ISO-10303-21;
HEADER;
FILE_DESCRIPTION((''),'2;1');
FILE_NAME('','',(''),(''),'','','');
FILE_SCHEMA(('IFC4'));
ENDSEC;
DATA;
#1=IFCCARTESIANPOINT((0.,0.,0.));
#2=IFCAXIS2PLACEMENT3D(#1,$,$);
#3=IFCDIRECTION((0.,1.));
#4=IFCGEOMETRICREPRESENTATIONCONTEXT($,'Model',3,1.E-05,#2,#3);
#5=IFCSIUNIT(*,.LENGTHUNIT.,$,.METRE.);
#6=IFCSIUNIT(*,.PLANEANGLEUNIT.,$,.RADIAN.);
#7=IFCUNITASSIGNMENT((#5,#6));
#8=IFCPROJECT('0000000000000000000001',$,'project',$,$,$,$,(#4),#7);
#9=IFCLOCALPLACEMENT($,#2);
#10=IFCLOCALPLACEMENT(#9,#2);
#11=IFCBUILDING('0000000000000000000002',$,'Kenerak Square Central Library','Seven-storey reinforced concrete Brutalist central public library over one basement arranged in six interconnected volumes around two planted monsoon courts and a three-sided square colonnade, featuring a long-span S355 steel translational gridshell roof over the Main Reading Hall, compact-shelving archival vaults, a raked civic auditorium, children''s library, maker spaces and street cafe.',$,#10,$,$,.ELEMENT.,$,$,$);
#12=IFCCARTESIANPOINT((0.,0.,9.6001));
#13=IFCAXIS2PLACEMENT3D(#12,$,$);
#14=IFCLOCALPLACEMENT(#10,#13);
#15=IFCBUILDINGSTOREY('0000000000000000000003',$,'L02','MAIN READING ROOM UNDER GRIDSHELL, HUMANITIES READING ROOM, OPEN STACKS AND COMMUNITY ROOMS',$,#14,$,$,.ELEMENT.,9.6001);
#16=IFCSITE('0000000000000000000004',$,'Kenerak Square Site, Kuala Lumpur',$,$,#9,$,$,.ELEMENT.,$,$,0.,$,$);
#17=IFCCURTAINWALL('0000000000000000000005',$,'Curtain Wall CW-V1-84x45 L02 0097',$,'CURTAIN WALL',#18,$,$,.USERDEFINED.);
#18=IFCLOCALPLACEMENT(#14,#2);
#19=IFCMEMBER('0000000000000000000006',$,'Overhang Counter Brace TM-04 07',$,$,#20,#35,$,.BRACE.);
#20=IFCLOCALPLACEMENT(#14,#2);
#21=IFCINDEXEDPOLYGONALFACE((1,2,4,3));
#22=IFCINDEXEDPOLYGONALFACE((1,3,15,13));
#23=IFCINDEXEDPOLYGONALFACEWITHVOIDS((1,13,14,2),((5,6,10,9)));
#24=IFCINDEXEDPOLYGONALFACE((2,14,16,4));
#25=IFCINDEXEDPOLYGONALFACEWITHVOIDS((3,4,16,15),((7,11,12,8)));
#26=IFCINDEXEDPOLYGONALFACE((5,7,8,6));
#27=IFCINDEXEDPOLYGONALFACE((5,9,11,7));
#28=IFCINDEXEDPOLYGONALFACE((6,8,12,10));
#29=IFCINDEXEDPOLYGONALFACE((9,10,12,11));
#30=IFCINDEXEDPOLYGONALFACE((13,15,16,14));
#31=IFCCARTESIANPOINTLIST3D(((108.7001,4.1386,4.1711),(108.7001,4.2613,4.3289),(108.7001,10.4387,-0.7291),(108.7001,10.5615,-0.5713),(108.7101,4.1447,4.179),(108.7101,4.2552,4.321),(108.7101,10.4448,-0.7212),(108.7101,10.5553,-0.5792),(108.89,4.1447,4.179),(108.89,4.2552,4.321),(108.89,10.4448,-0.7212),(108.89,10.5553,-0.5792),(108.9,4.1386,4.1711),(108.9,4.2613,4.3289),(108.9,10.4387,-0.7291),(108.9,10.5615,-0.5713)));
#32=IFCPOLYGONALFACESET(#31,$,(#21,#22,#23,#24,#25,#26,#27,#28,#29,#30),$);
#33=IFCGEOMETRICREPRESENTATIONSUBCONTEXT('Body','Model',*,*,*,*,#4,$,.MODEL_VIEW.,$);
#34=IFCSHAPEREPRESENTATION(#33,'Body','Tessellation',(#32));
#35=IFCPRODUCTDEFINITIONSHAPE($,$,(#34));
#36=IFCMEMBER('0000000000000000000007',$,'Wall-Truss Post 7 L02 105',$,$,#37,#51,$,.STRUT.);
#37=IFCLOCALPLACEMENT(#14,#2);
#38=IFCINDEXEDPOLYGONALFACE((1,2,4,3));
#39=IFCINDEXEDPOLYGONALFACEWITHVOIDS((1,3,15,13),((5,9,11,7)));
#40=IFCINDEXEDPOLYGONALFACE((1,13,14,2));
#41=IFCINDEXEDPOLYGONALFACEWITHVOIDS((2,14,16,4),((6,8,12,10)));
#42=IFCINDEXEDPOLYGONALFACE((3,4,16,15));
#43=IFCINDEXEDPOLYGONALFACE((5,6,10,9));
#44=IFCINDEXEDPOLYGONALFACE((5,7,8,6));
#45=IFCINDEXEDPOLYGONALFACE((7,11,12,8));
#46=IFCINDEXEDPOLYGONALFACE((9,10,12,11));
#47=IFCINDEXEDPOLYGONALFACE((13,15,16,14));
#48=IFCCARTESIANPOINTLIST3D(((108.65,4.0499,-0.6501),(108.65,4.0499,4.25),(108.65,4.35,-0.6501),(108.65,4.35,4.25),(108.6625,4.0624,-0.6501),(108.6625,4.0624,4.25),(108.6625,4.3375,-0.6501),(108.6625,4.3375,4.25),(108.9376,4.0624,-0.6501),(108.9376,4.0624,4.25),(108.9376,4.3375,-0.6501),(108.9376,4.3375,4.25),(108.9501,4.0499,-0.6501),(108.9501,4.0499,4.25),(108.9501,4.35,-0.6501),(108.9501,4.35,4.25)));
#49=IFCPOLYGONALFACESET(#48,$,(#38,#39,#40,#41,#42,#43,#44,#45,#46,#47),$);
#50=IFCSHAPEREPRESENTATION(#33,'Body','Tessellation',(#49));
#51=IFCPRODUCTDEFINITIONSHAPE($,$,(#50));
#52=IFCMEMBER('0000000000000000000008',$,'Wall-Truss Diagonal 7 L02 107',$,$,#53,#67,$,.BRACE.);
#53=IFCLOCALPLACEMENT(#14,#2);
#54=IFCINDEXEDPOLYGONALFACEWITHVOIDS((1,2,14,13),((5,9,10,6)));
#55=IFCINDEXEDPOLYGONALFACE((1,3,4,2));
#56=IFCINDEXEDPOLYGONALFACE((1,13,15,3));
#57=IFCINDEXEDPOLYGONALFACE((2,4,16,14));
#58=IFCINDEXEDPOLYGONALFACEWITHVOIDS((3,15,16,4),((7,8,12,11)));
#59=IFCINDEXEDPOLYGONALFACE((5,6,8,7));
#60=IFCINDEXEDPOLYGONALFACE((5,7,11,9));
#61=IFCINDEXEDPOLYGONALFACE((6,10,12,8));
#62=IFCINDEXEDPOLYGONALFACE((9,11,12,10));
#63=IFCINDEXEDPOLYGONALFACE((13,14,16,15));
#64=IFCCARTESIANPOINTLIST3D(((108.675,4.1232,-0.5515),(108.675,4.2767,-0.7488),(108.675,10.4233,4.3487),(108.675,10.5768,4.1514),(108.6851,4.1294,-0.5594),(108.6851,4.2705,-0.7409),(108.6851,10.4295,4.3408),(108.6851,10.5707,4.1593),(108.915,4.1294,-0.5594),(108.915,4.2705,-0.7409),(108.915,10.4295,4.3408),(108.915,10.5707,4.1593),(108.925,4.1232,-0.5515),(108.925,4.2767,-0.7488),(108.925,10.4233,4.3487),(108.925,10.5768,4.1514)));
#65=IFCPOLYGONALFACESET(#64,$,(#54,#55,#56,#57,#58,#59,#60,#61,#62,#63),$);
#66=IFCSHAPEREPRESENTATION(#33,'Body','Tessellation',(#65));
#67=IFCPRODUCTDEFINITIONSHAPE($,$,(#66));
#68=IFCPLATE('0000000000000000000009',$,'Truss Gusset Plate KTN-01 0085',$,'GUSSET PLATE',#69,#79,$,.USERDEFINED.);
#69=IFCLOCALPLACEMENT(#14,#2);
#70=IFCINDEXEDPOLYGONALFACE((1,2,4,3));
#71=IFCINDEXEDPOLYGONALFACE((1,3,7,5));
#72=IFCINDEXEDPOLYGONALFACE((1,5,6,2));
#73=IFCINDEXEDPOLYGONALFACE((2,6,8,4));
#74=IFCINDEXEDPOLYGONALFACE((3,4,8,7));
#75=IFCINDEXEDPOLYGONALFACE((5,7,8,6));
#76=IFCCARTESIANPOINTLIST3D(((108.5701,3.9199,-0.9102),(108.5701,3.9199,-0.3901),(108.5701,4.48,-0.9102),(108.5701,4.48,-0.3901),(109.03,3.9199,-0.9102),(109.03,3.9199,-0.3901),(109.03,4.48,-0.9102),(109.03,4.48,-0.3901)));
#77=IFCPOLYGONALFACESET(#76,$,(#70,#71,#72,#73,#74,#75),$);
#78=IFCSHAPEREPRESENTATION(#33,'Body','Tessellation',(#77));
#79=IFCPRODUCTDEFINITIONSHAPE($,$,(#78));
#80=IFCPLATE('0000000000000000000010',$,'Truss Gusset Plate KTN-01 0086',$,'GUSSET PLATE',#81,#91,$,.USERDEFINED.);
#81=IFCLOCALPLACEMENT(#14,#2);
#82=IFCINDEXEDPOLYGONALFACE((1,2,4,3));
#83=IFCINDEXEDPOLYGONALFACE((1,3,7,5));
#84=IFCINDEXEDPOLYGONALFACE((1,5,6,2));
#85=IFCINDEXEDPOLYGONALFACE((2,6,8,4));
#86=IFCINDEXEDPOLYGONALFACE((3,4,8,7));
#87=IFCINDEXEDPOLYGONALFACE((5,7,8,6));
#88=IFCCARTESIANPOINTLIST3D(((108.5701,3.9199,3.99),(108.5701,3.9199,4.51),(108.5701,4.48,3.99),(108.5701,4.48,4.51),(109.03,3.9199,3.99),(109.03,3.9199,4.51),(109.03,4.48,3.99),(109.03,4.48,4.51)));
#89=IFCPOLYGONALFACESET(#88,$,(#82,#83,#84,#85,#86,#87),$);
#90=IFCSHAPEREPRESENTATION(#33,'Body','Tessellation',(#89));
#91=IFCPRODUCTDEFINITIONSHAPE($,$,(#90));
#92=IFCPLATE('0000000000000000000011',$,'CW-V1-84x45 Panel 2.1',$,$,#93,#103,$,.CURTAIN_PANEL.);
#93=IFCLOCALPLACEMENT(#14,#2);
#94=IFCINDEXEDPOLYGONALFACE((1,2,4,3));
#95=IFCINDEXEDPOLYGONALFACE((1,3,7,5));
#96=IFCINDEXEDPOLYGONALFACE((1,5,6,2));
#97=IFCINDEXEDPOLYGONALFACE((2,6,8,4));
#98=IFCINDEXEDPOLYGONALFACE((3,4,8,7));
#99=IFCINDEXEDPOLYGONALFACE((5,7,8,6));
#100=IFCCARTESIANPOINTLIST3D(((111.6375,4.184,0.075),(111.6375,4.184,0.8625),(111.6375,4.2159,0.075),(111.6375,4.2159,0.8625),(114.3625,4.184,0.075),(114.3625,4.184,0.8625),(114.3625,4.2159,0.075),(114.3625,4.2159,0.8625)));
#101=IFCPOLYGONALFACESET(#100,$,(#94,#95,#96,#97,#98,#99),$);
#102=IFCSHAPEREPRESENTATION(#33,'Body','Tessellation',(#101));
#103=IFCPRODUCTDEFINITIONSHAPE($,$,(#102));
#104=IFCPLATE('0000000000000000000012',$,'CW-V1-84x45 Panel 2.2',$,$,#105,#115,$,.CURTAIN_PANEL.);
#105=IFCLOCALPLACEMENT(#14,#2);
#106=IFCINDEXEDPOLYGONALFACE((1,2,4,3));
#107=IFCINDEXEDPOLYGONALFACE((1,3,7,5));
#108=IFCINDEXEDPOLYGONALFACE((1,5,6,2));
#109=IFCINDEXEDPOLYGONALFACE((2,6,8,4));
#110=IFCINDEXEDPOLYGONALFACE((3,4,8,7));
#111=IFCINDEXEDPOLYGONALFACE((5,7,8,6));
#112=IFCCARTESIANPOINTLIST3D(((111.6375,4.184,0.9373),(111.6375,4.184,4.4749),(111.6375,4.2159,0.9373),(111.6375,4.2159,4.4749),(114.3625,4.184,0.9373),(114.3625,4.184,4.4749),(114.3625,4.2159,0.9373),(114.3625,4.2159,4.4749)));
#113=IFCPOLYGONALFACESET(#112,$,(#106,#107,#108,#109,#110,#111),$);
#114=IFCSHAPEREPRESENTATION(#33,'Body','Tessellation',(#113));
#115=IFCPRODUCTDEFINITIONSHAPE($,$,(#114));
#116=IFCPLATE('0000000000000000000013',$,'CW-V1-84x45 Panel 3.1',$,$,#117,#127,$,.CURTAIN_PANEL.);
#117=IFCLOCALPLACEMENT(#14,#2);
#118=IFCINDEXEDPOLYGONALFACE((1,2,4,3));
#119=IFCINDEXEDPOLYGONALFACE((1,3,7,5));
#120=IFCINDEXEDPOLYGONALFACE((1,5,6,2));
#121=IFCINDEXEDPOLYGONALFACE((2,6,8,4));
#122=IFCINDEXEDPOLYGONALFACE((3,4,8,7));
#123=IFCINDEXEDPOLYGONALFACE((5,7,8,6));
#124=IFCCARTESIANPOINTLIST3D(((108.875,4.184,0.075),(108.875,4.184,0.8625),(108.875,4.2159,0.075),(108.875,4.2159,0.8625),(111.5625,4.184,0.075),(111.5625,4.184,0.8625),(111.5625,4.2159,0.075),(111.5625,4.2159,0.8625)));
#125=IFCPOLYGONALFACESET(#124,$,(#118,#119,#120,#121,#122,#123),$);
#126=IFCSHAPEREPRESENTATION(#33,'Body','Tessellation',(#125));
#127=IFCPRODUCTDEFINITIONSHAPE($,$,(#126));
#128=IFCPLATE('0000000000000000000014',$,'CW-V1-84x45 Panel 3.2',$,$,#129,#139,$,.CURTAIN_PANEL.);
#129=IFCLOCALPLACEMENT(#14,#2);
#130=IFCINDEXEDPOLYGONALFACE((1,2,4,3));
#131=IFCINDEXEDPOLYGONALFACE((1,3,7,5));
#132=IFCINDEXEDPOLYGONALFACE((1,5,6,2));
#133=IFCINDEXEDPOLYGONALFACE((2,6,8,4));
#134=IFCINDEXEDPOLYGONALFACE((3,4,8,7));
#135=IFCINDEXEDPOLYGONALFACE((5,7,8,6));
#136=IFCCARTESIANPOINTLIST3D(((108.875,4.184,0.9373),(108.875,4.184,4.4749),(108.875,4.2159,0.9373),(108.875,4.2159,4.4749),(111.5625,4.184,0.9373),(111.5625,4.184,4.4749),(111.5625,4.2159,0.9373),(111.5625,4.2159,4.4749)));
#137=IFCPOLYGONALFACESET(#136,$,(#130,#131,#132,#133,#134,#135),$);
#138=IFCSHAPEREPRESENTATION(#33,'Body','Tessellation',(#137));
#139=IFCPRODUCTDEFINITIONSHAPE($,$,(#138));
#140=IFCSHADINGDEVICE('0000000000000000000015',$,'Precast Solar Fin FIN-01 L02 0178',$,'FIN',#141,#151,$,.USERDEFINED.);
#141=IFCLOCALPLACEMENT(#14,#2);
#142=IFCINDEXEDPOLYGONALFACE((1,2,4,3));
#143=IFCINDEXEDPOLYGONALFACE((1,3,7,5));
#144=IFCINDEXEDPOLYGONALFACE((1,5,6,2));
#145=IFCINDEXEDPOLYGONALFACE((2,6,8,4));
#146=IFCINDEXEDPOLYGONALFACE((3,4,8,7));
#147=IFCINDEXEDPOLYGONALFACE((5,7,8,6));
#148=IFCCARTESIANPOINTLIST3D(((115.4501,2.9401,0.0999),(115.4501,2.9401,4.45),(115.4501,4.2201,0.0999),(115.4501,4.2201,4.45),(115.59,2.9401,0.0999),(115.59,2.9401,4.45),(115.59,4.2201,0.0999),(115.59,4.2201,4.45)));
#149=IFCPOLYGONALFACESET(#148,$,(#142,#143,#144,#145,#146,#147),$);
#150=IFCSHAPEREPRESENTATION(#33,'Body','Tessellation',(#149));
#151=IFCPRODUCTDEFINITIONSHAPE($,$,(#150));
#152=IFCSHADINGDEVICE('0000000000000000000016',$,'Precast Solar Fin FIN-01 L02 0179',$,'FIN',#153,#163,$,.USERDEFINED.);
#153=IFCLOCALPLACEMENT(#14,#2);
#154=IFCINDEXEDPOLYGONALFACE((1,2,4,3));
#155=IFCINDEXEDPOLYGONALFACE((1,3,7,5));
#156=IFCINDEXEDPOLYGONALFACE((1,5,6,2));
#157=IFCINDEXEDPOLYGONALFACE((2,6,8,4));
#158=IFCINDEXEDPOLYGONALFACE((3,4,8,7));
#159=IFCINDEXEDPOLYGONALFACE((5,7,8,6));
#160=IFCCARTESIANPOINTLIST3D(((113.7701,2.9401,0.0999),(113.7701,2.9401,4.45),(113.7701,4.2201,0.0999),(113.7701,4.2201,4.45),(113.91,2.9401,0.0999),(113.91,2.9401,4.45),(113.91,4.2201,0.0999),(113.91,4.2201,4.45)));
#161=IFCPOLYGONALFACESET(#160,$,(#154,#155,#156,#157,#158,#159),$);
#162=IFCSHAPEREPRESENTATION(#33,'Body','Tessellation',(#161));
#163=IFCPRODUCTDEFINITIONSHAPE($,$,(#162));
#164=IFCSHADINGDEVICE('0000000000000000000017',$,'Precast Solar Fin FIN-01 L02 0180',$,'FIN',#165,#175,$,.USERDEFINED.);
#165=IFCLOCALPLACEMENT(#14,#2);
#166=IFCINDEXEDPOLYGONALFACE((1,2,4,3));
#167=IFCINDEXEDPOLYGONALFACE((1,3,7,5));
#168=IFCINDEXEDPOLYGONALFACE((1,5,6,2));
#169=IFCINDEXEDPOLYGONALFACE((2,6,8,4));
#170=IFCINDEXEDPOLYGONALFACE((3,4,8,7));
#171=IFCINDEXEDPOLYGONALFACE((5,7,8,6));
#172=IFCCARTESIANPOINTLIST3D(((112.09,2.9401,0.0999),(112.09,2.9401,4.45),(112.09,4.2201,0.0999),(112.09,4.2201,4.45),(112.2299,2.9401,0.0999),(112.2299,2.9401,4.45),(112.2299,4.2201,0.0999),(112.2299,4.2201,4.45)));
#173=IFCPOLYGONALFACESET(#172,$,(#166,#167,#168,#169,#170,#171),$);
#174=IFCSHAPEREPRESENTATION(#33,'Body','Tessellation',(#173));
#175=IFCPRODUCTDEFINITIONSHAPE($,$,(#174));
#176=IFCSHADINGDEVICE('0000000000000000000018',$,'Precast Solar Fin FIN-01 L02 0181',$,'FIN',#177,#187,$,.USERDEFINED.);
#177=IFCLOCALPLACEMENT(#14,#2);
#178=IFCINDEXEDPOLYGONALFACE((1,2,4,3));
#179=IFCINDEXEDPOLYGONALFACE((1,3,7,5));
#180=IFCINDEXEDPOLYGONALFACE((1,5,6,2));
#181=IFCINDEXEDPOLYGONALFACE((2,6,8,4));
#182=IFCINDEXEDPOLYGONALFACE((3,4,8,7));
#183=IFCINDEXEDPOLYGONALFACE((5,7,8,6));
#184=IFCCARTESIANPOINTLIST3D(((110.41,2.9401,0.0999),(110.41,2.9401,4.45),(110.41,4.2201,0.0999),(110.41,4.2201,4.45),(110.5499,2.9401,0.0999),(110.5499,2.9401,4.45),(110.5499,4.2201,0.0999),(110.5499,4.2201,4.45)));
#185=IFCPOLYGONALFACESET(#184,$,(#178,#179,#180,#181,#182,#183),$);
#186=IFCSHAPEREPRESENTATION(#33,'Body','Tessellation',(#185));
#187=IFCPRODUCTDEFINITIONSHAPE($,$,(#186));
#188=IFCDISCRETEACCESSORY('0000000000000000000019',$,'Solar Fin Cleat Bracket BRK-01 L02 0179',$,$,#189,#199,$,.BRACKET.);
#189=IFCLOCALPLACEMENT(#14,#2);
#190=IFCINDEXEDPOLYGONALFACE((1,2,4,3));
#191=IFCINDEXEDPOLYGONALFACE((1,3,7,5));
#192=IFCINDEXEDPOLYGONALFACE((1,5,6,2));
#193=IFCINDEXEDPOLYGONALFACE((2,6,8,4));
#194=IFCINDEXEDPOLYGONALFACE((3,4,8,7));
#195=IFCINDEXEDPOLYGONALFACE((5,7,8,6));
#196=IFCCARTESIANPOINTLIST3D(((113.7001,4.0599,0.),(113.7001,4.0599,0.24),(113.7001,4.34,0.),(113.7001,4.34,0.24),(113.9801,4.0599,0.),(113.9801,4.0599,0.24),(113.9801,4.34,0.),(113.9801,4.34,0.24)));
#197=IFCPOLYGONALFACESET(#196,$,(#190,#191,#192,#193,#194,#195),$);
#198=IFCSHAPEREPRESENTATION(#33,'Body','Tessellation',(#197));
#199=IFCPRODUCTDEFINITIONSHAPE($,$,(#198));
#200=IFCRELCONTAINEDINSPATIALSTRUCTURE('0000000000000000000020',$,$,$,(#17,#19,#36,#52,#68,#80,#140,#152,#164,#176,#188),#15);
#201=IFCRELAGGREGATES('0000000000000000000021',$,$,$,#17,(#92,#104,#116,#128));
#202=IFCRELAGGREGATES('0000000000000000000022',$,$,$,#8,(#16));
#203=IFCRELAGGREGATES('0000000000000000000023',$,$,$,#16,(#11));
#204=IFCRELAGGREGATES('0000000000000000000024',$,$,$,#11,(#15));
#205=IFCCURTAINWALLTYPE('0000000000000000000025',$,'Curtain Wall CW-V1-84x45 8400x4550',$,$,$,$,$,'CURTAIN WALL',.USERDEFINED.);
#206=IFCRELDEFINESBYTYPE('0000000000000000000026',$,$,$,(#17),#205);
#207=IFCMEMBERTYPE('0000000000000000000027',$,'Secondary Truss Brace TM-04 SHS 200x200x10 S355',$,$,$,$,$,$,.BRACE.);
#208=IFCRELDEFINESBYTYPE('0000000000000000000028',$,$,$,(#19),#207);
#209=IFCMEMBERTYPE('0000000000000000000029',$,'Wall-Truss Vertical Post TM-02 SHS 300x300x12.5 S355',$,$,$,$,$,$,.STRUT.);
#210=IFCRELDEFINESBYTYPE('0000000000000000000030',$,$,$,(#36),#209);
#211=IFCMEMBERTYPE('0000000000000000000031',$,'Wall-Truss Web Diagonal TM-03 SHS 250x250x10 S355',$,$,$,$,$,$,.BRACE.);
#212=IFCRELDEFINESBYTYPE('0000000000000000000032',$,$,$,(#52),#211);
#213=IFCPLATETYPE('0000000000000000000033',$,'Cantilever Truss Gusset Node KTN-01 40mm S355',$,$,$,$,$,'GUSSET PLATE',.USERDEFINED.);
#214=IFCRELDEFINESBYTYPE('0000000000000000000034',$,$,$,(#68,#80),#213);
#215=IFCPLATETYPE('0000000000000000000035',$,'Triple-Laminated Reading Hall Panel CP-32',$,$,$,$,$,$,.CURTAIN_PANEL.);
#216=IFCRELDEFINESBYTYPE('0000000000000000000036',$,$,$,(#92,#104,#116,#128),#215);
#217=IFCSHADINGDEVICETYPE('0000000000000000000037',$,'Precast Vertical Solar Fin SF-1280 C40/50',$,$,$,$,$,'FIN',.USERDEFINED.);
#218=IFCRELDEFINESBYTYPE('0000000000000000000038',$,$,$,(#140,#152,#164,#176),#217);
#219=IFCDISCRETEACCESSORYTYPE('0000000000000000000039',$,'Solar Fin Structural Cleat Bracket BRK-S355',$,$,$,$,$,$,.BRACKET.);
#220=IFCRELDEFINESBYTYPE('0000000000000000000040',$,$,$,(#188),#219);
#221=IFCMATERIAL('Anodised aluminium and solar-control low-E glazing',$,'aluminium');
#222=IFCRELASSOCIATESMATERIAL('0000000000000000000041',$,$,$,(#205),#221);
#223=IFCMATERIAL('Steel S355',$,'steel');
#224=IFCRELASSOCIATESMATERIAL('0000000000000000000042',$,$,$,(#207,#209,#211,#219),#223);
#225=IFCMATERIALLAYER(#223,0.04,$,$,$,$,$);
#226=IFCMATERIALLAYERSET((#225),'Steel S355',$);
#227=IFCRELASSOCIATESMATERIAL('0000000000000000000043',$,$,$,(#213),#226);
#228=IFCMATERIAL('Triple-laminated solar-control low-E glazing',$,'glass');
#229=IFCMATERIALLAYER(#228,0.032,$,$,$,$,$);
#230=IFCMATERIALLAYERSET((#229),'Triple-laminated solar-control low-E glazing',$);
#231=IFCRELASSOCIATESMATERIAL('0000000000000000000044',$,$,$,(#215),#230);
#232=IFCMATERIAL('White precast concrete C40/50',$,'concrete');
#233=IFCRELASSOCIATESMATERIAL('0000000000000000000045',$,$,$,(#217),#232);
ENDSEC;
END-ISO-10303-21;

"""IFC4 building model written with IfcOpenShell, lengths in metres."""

from ifc_helpers import new_model, si_unit, direction, frame, origin, origin_2d, place, context, subcontext, project, spatial, rectangle, hollow_rectangle, extrude, material, layer, layer_set, material_profile, profile_set, type_object, element, aggregate, save


model = new_model("IFC4")

# Units and contexts
model_context = context("Model", 3, precision=1e-05, world=origin(), true_north=direction((0.0, 1.0)))
body_context = subcontext(model_context, "Body", "Model", "MODEL_VIEW")
ifc_project = project(units=[si_unit("LENGTHUNIT", "METRE"), si_unit("PLANEANGLEUNIT", "RADIAN")], contexts=[model_context])

# Site, building, storey
site_placement = place(None, origin())
site = spatial("IfcSite", under=ifc_project, at=site_placement, Name="Kenerak Square Site, Kuala Lumpur", CompositionType="ELEMENT", RefElevation=0.0)
building_placement = place(site_placement, origin())
building = spatial("IfcBuilding", under=site, at=building_placement, Name="Kenerak Square Central Library", Description="Seven-storey reinforced concrete Brutalist central public library over one basement arranged in six interconnected volumes around two planted monsoon courts and a three-sided square colonnade, featuring a long-span S355 steel translational gridshell roof over the Main Reading Hall, compact-shelving archival vaults, a raked civic auditorium, children's library, maker spaces and street cafe.", CompositionType="ELEMENT")
storey_placement = place(building_placement, frame((0.0, 0.0, 9.6001)))
storey = spatial("IfcBuildingStorey", under=building, at=storey_placement, Name="L02", Description="MAIN READING ROOM UNDER GRIDSHELL, HUMANITIES READING ROOM, OPEN STACKS AND COMMUNITY ROOMS", CompositionType="ELEMENT", Elevation=9.6001)

# Curtain wall
ifc_material_1 = material(Name="Anodised aluminium and solar-control low-E glazing", Category="aluminium")
curtain_wall_type = type_object("IfcCurtainWallType", Name="Curtain Wall CW-V1-84x45 8400x4550", ElementType="CURTAIN WALL", PredefinedType="USERDEFINED", material=ifc_material_1)
curtain_wall_1_placement = place(storey_placement, origin())
curtain_wall_1 = element("IfcCurtainWall", 1, at=curtain_wall_1_placement, inside=storey, type_object=curtain_wall_type, Name="Curtain Wall CW-V1-84x45 L02 0097", ObjectType="CURTAIN WALL", PredefinedType="USERDEFINED")

# Shared definitions
ifc_material_2 = material(Name="Steel S355", Category="steel")

# Members
ifc_material_profile_1 = material_profile(ifc_material_2, hollow_rectangle(XDim=0.2, YDim=0.2, WallThickness=0.01, at=origin_2d()), Name="SHS 200x200x10.0")
ifc_profile_set_1 = profile_set([ifc_material_profile_1], Name="Steel S355")
member_type_1 = type_object("IfcMemberType", Name="Secondary Truss Brace TM-04 SHS 200x200x10 S355", PredefinedType="BRACE", material=ifc_profile_set_1)
member_1_placement = place(storey_placement, frame((108.8, 4.2, 4.25), z_axis=(0.0, 0.789346, -0.613949), x_axis=(-1.0, 0.0, 0.0)))
element("IfcMember", 2, at=member_1_placement, inside=storey, type_object=member_type_1, Name="Overhang Counter Brace TM-04 07", PredefinedType="BRACE", context=body_context, shape_type="SweptSolid", body=[
    extrude(hollow_rectangle(XDim=0.2, YDim=0.2, WallThickness=0.01, at=origin_2d()), origin(), (0.0, 0.0, 1.0), 7.9814),
])
ifc_material_profile_2 = material_profile(ifc_material_2, hollow_rectangle(XDim=0.3, YDim=0.3, WallThickness=0.0125, at=origin_2d()), Name="SHS 300x300x12.5")
ifc_profile_set_2 = profile_set([ifc_material_profile_2], Name="Steel S355")
member_type_2 = type_object("IfcMemberType", Name="Wall-Truss Vertical Post TM-02 SHS 300x300x12.5 S355", PredefinedType="STRUT", material=ifc_profile_set_2)
member_2_placement = place(storey_placement, frame((108.8, 4.2, -0.6501), z_axis=(0.0, 0.0, 1.0), x_axis=(1.0, 0.0, 0.0)))
element("IfcMember", 3, at=member_2_placement, inside=storey, type_object=member_type_2, Name="Wall-Truss Post 7 L02 105", PredefinedType="STRUT", context=body_context, shape_type="SweptSolid", body=[
    extrude(hollow_rectangle(XDim=0.3, YDim=0.3, WallThickness=0.0125, at=origin_2d()), origin(), (0.0, 0.0, 1.0), 4.9001),
])
ifc_material_profile_3 = material_profile(ifc_material_2, hollow_rectangle(XDim=0.25, YDim=0.25, WallThickness=0.01, at=origin_2d()), Name="SHS 250x250x10.0")
ifc_profile_set_3 = profile_set([ifc_material_profile_3], Name="Steel S355")
member_type_3 = type_object("IfcMemberType", Name="Wall-Truss Web Diagonal TM-03 SHS 250x250x10 S355", PredefinedType="BRACE", material=ifc_profile_set_3)
member_3_placement = place(storey_placement, frame((108.8, 4.2, -0.6501), z_axis=(0.0, 0.789346, 0.613949), x_axis=(-1.0, 0.0, 0.0)))
element("IfcMember", 4, at=member_3_placement, inside=storey, type_object=member_type_3, Name="Wall-Truss Diagonal 7 L02 107", PredefinedType="BRACE", context=body_context, shape_type="SweptSolid", body=[
    extrude(hollow_rectangle(XDim=0.25, YDim=0.25, WallThickness=0.01, at=origin_2d()), origin(), (0.0, 0.0, 1.0), 7.9814),
])

# Plates
ifc_layer_1 = layer(ifc_material_2, 0.04)
ifc_layer_set_1 = layer_set([ifc_layer_1], Name="Steel S355")
plate_type_1 = type_object("IfcPlateType", Name="Cantilever Truss Gusset Node KTN-01 40mm S355", ElementType="GUSSET PLATE", PredefinedType="USERDEFINED", material=ifc_layer_set_1)
for number, where, z_axis, x_axis, name in (
    (5, (108.8, 4.2, -0.9102), (0.0, 0.0, 1.0), (1.0, 0.0, 0.0), "Truss Gusset Plate KTN-01 0085"),
    (6, (108.8, 4.2, 3.99), (0.0, 0.0, 1.0), (1.0, 0.0, 0.0), "Truss Gusset Plate KTN-01 0086"),
):
    element("IfcPlate", number, at=place(storey_placement, frame(where, z_axis=z_axis, x_axis=x_axis)), inside=storey, type_object=plate_type_1, Name=name, ObjectType="GUSSET PLATE", PredefinedType="USERDEFINED", context=body_context, shape_type="SweptSolid", body=[
        extrude(rectangle(XDim=0.46, YDim=0.5601, at=origin_2d()), origin(), (0.0, 0.0, 1.0), 0.52),
    ])

# Plates
ifc_material_3 = material(Name="Triple-laminated solar-control low-E glazing", Category="glass")
ifc_layer_2 = layer(ifc_material_3, 0.032)
ifc_layer_set_2 = layer_set([ifc_layer_2], Name="Triple-laminated solar-control low-E glazing")
plate_type_2 = type_object("IfcPlateType", Name="Triple-Laminated Reading Hall Panel CP-32", PredefinedType="CURTAIN_PANEL", material=ifc_layer_set_2)
plate_1_placement = place(storey_placement, frame((113.0, 4.2, 0.075), z_axis=(0.0, 0.0, 1.0), x_axis=(-1.0, 0.0, 0.0)))
plate_1 = element("IfcPlate", 7, at=plate_1_placement, type_object=plate_type_2, Name="CW-V1-84x45 Panel 2.1", PredefinedType="CURTAIN_PANEL", context=body_context, shape_type="SweptSolid", body=[
    extrude(rectangle(XDim=2.7251, YDim=0.032, at=origin_2d()), origin(), (0.0, 0.0, 1.0), 0.7876),
])
plate_2_placement = place(storey_placement, frame((113.0, 4.2, 0.9373), z_axis=(0.0, 0.0, 1.0), x_axis=(-1.0, 0.0, 0.0)))
plate_2 = element("IfcPlate", 8, at=plate_2_placement, type_object=plate_type_2, Name="CW-V1-84x45 Panel 2.2", PredefinedType="CURTAIN_PANEL", context=body_context, shape_type="SweptSolid", body=[
    extrude(rectangle(XDim=2.7251, YDim=0.032, at=origin_2d()), origin(), (0.0, 0.0, 1.0), 3.5376),
])
plate_3_placement = place(storey_placement, frame((110.2188, 4.2, 0.075), z_axis=(0.0, 0.0, 1.0), x_axis=(-1.0, 0.0, 0.0)))
plate_3 = element("IfcPlate", 9, at=plate_3_placement, type_object=plate_type_2, Name="CW-V1-84x45 Panel 3.1", PredefinedType="CURTAIN_PANEL", context=body_context, shape_type="SweptSolid", body=[
    extrude(rectangle(XDim=2.6875, YDim=0.032, at=origin_2d()), origin(), (0.0, 0.0, 1.0), 0.7876),
])
plate_4_placement = place(storey_placement, frame((110.2188, 4.2, 0.9373), z_axis=(0.0, 0.0, 1.0), x_axis=(-1.0, 0.0, 0.0)))
plate_4 = element("IfcPlate", 10, at=plate_4_placement, type_object=plate_type_2, Name="CW-V1-84x45 Panel 3.2", PredefinedType="CURTAIN_PANEL", context=body_context, shape_type="SweptSolid", body=[
    extrude(rectangle(XDim=2.6875, YDim=0.032, at=origin_2d()), origin(), (0.0, 0.0, 1.0), 3.5376),
])
aggregate(curtain_wall_1, [plate_1, plate_2, plate_3, plate_4])

# Shading devices
ifc_material_4 = material(Name="White precast concrete C40/50", Category="concrete")
shading_device_type = type_object("IfcShadingDeviceType", Name="Precast Vertical Solar Fin SF-1280 C40/50", ElementType="FIN", PredefinedType="USERDEFINED", material=ifc_material_4)
for number, where, z_axis, x_axis, name in (
    (11, (115.52, 3.5801, 0.0999), (0.0, 0.0, 1.0), (-1.0, 0.0, 0.0), "Precast Solar Fin FIN-01 L02 0178"),
    (12, (113.8401, 3.5801, 0.0999), (0.0, 0.0, 1.0), (-1.0, 0.0, 0.0), "Precast Solar Fin FIN-01 L02 0179"),
    (13, (112.1599, 3.5801, 0.0999), (0.0, 0.0, 1.0), (-1.0, 0.0, 0.0), "Precast Solar Fin FIN-01 L02 0180"),
    (14, (110.48, 3.5801, 0.0999), (0.0, 0.0, 1.0), (-1.0, 0.0, 0.0), "Precast Solar Fin FIN-01 L02 0181"),
):
    element("IfcShadingDevice", number, at=place(storey_placement, frame(where, z_axis=z_axis, x_axis=x_axis)), inside=storey, type_object=shading_device_type, Name=name, ObjectType="FIN", PredefinedType="USERDEFINED", context=body_context, shape_type="SweptSolid", body=[
        extrude(rectangle(XDim=0.1399, YDim=1.28, at=origin_2d()), origin(), (0.0, 0.0, 1.0), 4.3501),
    ])

# Discrete accessory
discrete_accessory_type = type_object("IfcDiscreteAccessoryType", Name="Solar Fin Structural Cleat Bracket BRK-S355", PredefinedType="BRACKET", material=ifc_material_2)
for number, where, z_axis, x_axis, name in (
    (15, (113.8401, 4.2, 0.0), (0.0, 0.0, 1.0), (-1.0, 0.0, 0.0), "Solar Fin Cleat Bracket BRK-01 L02 0179"),
):
    element("IfcDiscreteAccessory", number, at=place(storey_placement, frame(where, z_axis=z_axis, x_axis=x_axis)), inside=storey, type_object=discrete_accessory_type, Name=name, PredefinedType="BRACKET", context=body_context, shape_type="SweptSolid", body=[
        extrude(rectangle(XDim=0.28, YDim=0.28, at=origin_2d()), origin(), (0.0, 0.0, 1.0), 0.24),
    ])

save(model, "model.ifc")
